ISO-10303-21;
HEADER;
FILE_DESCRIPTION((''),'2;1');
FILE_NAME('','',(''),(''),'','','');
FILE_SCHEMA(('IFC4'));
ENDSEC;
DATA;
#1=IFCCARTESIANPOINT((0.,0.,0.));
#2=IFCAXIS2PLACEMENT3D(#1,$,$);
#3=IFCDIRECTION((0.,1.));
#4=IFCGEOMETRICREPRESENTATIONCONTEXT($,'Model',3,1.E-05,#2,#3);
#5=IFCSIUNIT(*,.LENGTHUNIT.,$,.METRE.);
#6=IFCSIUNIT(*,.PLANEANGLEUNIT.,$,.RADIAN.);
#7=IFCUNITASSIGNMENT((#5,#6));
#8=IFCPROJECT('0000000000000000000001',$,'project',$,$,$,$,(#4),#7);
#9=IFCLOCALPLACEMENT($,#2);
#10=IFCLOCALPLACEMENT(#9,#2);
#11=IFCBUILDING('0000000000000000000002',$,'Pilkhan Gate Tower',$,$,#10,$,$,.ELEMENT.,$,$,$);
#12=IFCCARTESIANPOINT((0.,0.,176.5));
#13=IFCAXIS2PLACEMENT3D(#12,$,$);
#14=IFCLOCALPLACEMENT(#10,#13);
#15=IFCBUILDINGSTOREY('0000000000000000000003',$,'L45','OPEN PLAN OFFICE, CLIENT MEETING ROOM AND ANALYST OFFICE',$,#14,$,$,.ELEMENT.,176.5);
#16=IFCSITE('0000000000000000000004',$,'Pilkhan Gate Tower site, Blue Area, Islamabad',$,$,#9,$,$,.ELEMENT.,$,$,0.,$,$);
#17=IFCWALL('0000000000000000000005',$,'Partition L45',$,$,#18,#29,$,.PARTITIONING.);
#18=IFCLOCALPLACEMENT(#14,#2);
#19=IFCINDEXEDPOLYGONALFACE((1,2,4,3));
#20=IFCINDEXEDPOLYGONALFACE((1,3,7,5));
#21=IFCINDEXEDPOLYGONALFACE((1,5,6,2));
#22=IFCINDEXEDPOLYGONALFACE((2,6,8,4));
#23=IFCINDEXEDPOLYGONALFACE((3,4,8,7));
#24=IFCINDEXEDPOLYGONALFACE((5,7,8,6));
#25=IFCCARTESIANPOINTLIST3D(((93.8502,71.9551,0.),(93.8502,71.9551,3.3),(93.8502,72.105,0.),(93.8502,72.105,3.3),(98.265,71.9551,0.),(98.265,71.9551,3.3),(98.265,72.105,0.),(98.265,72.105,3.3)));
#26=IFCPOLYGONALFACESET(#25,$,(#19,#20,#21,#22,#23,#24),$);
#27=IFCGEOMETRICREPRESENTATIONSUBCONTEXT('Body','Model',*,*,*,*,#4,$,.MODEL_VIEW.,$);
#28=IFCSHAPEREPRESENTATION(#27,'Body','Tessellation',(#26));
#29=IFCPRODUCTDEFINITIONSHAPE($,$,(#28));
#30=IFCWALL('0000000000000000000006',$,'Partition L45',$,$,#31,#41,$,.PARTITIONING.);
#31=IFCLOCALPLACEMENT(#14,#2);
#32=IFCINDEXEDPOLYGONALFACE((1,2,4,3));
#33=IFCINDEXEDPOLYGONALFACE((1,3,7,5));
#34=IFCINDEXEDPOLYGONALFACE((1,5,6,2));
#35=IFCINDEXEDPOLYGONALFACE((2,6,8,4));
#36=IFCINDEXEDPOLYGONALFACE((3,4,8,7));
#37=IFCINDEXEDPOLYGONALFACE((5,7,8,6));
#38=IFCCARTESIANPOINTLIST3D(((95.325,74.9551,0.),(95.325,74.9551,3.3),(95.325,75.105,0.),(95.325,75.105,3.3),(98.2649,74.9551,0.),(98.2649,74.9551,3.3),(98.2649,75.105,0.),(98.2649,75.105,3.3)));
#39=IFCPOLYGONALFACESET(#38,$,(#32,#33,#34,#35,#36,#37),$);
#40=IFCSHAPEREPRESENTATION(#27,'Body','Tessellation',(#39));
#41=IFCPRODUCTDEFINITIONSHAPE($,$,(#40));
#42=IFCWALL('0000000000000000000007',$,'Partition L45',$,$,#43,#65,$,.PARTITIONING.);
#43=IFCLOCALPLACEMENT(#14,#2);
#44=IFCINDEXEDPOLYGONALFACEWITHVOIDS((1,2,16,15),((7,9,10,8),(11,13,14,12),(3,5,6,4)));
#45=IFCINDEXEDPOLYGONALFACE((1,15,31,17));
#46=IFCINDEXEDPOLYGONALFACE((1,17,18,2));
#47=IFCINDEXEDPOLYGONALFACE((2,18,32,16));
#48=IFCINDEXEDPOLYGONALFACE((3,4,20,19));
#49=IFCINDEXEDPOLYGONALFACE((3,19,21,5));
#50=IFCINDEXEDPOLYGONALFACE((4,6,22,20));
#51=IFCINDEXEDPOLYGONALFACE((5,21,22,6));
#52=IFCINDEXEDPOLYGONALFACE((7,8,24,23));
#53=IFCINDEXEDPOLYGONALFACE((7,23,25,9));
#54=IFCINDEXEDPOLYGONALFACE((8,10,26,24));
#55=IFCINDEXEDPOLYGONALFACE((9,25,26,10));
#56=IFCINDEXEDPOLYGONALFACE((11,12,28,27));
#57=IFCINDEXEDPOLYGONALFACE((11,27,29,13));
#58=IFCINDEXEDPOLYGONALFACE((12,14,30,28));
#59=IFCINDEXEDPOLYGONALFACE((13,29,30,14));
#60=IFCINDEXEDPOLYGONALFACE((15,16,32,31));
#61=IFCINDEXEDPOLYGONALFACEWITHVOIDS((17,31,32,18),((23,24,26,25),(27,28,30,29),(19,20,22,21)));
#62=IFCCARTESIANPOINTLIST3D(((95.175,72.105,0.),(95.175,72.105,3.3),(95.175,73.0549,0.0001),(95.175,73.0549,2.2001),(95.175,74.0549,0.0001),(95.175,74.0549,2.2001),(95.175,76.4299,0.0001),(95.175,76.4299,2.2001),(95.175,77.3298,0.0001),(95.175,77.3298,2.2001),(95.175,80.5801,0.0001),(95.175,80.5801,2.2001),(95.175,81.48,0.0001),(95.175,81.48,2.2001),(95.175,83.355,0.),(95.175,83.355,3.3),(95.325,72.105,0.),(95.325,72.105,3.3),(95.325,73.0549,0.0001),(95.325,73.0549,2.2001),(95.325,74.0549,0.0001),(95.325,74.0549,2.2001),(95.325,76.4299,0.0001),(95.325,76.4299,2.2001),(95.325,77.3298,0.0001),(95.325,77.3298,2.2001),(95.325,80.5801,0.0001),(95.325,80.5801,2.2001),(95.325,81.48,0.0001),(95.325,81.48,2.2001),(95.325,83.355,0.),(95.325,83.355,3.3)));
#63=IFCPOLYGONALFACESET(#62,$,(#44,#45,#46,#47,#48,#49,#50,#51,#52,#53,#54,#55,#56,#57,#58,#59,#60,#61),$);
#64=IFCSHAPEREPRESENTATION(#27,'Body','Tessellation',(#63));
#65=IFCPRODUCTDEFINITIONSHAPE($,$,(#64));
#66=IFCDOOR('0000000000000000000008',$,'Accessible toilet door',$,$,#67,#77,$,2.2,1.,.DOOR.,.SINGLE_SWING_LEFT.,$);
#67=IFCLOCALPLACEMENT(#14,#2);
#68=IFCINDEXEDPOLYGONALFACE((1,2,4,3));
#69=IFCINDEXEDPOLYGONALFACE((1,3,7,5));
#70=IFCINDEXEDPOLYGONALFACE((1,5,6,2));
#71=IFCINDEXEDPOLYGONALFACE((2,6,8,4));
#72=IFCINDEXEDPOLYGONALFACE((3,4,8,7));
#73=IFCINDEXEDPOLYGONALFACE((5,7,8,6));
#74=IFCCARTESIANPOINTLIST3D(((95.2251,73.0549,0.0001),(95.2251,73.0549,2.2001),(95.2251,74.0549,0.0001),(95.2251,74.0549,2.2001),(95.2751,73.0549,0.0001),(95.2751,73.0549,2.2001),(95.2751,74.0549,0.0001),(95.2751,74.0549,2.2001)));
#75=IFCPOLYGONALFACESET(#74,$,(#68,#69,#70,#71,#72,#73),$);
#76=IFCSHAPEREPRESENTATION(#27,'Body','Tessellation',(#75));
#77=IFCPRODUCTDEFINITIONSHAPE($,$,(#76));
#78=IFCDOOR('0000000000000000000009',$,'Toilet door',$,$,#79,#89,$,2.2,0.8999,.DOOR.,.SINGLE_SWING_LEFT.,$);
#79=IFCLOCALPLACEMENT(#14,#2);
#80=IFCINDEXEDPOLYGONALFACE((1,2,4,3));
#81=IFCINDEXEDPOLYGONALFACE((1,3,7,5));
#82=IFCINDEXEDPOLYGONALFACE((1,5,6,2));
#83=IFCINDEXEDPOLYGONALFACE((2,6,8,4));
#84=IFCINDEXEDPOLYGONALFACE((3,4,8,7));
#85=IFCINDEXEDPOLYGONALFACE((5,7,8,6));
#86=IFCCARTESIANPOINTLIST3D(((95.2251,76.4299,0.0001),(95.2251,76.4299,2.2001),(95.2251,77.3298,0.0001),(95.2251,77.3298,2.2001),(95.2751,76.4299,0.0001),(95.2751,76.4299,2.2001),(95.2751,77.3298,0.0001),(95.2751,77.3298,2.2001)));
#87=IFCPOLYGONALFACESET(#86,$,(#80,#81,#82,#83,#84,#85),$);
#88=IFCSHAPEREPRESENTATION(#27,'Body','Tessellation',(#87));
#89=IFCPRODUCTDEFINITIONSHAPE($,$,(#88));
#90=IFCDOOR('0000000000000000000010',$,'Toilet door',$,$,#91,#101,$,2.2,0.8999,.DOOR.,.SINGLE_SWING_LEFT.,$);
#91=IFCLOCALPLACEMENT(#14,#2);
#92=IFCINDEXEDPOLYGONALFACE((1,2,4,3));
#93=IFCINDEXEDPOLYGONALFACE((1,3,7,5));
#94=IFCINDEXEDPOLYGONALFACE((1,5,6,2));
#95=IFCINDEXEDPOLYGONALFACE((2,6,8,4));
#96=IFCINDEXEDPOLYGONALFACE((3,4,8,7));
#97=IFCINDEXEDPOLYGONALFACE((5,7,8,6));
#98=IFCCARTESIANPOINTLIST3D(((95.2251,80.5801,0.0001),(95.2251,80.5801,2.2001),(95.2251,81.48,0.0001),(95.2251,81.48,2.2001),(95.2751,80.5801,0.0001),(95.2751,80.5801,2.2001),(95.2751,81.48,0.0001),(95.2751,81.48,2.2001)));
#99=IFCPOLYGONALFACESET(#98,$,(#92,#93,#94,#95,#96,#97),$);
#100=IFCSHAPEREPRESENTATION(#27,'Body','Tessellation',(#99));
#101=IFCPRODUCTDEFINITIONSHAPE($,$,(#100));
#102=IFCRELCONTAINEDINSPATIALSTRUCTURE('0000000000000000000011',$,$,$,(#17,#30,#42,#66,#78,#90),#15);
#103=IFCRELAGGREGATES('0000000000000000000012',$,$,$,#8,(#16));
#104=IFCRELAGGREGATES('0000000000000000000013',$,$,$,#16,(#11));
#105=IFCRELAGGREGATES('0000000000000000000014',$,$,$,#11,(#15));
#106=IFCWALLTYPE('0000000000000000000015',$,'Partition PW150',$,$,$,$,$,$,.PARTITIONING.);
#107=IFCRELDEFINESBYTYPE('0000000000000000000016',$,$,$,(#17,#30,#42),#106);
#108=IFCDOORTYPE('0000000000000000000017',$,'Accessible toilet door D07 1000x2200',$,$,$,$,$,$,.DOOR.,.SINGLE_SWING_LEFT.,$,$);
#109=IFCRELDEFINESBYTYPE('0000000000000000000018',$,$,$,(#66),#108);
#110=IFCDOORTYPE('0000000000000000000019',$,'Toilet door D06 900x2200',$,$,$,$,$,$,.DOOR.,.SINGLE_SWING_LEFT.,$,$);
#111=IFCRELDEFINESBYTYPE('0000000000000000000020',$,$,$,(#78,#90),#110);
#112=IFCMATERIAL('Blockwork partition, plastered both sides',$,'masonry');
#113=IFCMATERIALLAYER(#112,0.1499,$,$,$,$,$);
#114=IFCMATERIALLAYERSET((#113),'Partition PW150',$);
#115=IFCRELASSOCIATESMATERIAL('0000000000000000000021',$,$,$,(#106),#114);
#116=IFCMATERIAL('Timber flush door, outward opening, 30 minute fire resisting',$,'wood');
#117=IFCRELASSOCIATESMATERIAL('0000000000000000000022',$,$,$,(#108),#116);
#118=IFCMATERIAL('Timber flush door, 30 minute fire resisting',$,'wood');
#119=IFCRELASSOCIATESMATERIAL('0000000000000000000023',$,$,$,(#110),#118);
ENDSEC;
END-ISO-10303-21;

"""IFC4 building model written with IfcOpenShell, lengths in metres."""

from ifc_helpers import new_model, si_unit, direction, frame, frame_2d, origin, place, context, subcontext, project, spatial, rectangle, extrude, material, layer, layer_set, type_object, element, fill, save


model = new_model("IFC4")

# Units and contexts
model_context = context("Model", 3, precision=1e-05, world=origin(), true_north=direction((0.0, 1.0)))
body_context = subcontext(model_context, "Body", "Model", "MODEL_VIEW")
ifc_project = project(units=[si_unit("LENGTHUNIT", "METRE"), si_unit("PLANEANGLEUNIT", "RADIAN")], contexts=[model_context])

# Site, building, storey
site_placement = place(None, origin())
site = spatial("IfcSite", under=ifc_project, at=site_placement, Name="Pilkhan Gate Tower site, Blue Area, Islamabad", CompositionType="ELEMENT", RefElevation=0.0)
building_placement = place(site_placement, origin())
building = spatial("IfcBuilding", under=site, at=building_placement, Name="Pilkhan Gate Tower", CompositionType="ELEMENT")
storey_placement = place(building_placement, frame((0.0, 0.0, 176.5)))
storey = spatial("IfcBuildingStorey", under=building, at=storey_placement, Name="L45", Description="OPEN PLAN OFFICE, CLIENT MEETING ROOM AND ANALYST OFFICE", CompositionType="ELEMENT", Elevation=176.5)

# Walls
ifc_material_1 = material(Name="Blockwork partition, plastered both sides", Category="masonry")
ifc_layer_1 = layer(ifc_material_1, 0.1499)
ifc_layer_set_1 = layer_set([ifc_layer_1], Name="Partition PW150")
wall_type = type_object("IfcWallType", Name="Partition PW150", PredefinedType="PARTITIONING", material=ifc_layer_set_1)
for number, where, z_axis, x_axis, name in (
    (1, (93.8501, 72.03, 0.0), (0.0, 0.0, 1.0), (1.0, 0.0, 0.0), "Partition L45"),
):
    element("IfcWall", number, at=place(storey_placement, frame(where, z_axis=z_axis, x_axis=x_axis)), inside=storey, type_object=wall_type, Name=name, PredefinedType="PARTITIONING", context=body_context, shape_type="SweptSolid", body=[
        extrude(rectangle(XDim=4.4148, YDim=0.1499, at=frame_2d((2.2075, 0.0))), origin(), (0.0, 0.0, 1.0), 3.3),
    ])
wall_1_placement = place(storey_placement, frame((95.325, 75.03, 0.0), z_axis=(0.0, 0.0, 1.0), x_axis=(1.0, 0.0, 0.0)))
element("IfcWall", 2, at=wall_1_placement, inside=storey, type_object=wall_type, Name="Partition L45", PredefinedType="PARTITIONING", context=body_context, shape_type="SweptSolid", body=[
    extrude(rectangle(XDim=2.9399, YDim=0.1499, at=frame_2d((1.47, 0.0))), origin(), (0.0, 0.0, 1.0), 3.3),
])

# Wall, openings, doors
wall_2_placement = place(storey_placement, frame((95.25, 72.105, 0.0), z_axis=(0.0, 0.0, 1.0), x_axis=(0.0, 1.0, 0.0)))
wall_2 = element("IfcWall", 3, at=wall_2_placement, inside=storey, type_object=wall_type, Name="Partition L45", PredefinedType="PARTITIONING", context=body_context, shape_type="SweptSolid", body=[
    extrude(rectangle(XDim=11.25, YDim=0.1499, at=frame_2d((5.625, 0.0))), origin(), (0.0, 0.0, 1.0), 3.3),
])
opening_1_placement = place(wall_2_placement, frame((0.95, 0.0, 0.0)))
opening_1 = element("IfcOpeningElement", 4, at=opening_1_placement, cuts=wall_2, PredefinedType="OPENING", context=body_context, shape_type="SweptSolid", body=[
    extrude(rectangle(XDim=1.0, YDim=2.2, at=frame_2d((0.5, 1.1001))), frame((0.0, 0.085, 0.0), z_axis=(0.0, -1.0, 0.0), x_axis=(1.0, 0.0, 0.0)), (0.0, 0.0, 1.0), 0.1699),
])
opening_2_placement = place(wall_2_placement, frame((4.325, 0.0, 0.0)))
opening_2 = element("IfcOpeningElement", 5, at=opening_2_placement, cuts=wall_2, PredefinedType="OPENING", context=body_context, shape_type="SweptSolid", body=[
    extrude(rectangle(XDim=0.8999, YDim=2.2, at=frame_2d((0.45, 1.1001))), frame((0.0, 0.085, 0.0), z_axis=(0.0, -1.0, 0.0), x_axis=(1.0, 0.0, 0.0)), (0.0, 0.0, 1.0), 0.1699),
])
opening_3_placement = place(wall_2_placement, frame((8.4751, 0.0, 0.0)))
opening_3 = element("IfcOpeningElement", 6, at=opening_3_placement, cuts=wall_2, PredefinedType="OPENING", context=body_context, shape_type="SweptSolid", body=[
    extrude(rectangle(XDim=0.8999, YDim=2.2, at=frame_2d((0.45, 1.1001))), frame((0.0, 0.085, 0.0), z_axis=(0.0, -1.0, 0.0), x_axis=(1.0, 0.0, 0.0)), (0.0, 0.0, 1.0), 0.1699),
])
ifc_material_2 = material(Name="Timber flush door, outward opening, 30 minute fire resisting", Category="wood")
door_type_1 = type_object("IfcDoorType", Name="Accessible toilet door D07 1000x2200", OperationType="SINGLE_SWING_LEFT", PredefinedType="DOOR", material=ifc_material_2)
door_1_placement = place(opening_1_placement, origin())
door_1 = element("IfcDoor", 7, at=door_1_placement, inside=storey, type_object=door_type_1, Name="Accessible toilet door", OperationType="SINGLE_SWING_LEFT", OverallHeight=2.2, OverallWidth=1.0, PredefinedType="DOOR", context=body_context, shape_type="SweptSolid", body=[
    extrude(rectangle(XDim=1.0, YDim=2.2, at=frame_2d((0.5, 1.1001))), frame((0.0, 0.0249, 0.0), z_axis=(0.0, -1.0, 0.0), x_axis=(1.0, 0.0, 0.0)), (0.0, 0.0, 1.0), 0.05),
])
fill(opening_1, door_1)
ifc_material_3 = material(Name="Timber flush door, 30 minute fire resisting", Category="wood")
door_type_2 = type_object("IfcDoorType", Name="Toilet door D06 900x2200", OperationType="SINGLE_SWING_LEFT", PredefinedType="DOOR", material=ifc_material_3)
door_2_placement = place(opening_2_placement, origin())
door_2 = element("IfcDoor", 8, at=door_2_placement, inside=storey, type_object=door_type_2, Name="Toilet door", OperationType="SINGLE_SWING_LEFT", OverallHeight=2.2, OverallWidth=0.8999, PredefinedType="DOOR", context=body_context, shape_type="SweptSolid", body=[
    extrude(rectangle(XDim=0.8999, YDim=2.2, at=frame_2d((0.45, 1.1001))), frame((0.0, 0.0249, 0.0), z_axis=(0.0, -1.0, 0.0), x_axis=(1.0, 0.0, 0.0)), (0.0, 0.0, 1.0), 0.05),
])
fill(opening_2, door_2)
door_3_placement = place(opening_3_placement, origin())
door_3 = element("IfcDoor", 9, at=door_3_placement, inside=storey, type_object=door_type_2, Name="Toilet door", OperationType="SINGLE_SWING_LEFT", OverallHeight=2.2, OverallWidth=0.8999, PredefinedType="DOOR", context=body_context, shape_type="SweptSolid", body=[
    extrude(rectangle(XDim=0.8999, YDim=2.2, at=frame_2d((0.45, 1.1001))), frame((0.0, 0.0249, 0.0), z_axis=(0.0, -1.0, 0.0), x_axis=(1.0, 0.0, 0.0)), (0.0, 0.0, 1.0), 0.05),
])
fill(opening_3, door_3)

save(model, "model.ifc")
